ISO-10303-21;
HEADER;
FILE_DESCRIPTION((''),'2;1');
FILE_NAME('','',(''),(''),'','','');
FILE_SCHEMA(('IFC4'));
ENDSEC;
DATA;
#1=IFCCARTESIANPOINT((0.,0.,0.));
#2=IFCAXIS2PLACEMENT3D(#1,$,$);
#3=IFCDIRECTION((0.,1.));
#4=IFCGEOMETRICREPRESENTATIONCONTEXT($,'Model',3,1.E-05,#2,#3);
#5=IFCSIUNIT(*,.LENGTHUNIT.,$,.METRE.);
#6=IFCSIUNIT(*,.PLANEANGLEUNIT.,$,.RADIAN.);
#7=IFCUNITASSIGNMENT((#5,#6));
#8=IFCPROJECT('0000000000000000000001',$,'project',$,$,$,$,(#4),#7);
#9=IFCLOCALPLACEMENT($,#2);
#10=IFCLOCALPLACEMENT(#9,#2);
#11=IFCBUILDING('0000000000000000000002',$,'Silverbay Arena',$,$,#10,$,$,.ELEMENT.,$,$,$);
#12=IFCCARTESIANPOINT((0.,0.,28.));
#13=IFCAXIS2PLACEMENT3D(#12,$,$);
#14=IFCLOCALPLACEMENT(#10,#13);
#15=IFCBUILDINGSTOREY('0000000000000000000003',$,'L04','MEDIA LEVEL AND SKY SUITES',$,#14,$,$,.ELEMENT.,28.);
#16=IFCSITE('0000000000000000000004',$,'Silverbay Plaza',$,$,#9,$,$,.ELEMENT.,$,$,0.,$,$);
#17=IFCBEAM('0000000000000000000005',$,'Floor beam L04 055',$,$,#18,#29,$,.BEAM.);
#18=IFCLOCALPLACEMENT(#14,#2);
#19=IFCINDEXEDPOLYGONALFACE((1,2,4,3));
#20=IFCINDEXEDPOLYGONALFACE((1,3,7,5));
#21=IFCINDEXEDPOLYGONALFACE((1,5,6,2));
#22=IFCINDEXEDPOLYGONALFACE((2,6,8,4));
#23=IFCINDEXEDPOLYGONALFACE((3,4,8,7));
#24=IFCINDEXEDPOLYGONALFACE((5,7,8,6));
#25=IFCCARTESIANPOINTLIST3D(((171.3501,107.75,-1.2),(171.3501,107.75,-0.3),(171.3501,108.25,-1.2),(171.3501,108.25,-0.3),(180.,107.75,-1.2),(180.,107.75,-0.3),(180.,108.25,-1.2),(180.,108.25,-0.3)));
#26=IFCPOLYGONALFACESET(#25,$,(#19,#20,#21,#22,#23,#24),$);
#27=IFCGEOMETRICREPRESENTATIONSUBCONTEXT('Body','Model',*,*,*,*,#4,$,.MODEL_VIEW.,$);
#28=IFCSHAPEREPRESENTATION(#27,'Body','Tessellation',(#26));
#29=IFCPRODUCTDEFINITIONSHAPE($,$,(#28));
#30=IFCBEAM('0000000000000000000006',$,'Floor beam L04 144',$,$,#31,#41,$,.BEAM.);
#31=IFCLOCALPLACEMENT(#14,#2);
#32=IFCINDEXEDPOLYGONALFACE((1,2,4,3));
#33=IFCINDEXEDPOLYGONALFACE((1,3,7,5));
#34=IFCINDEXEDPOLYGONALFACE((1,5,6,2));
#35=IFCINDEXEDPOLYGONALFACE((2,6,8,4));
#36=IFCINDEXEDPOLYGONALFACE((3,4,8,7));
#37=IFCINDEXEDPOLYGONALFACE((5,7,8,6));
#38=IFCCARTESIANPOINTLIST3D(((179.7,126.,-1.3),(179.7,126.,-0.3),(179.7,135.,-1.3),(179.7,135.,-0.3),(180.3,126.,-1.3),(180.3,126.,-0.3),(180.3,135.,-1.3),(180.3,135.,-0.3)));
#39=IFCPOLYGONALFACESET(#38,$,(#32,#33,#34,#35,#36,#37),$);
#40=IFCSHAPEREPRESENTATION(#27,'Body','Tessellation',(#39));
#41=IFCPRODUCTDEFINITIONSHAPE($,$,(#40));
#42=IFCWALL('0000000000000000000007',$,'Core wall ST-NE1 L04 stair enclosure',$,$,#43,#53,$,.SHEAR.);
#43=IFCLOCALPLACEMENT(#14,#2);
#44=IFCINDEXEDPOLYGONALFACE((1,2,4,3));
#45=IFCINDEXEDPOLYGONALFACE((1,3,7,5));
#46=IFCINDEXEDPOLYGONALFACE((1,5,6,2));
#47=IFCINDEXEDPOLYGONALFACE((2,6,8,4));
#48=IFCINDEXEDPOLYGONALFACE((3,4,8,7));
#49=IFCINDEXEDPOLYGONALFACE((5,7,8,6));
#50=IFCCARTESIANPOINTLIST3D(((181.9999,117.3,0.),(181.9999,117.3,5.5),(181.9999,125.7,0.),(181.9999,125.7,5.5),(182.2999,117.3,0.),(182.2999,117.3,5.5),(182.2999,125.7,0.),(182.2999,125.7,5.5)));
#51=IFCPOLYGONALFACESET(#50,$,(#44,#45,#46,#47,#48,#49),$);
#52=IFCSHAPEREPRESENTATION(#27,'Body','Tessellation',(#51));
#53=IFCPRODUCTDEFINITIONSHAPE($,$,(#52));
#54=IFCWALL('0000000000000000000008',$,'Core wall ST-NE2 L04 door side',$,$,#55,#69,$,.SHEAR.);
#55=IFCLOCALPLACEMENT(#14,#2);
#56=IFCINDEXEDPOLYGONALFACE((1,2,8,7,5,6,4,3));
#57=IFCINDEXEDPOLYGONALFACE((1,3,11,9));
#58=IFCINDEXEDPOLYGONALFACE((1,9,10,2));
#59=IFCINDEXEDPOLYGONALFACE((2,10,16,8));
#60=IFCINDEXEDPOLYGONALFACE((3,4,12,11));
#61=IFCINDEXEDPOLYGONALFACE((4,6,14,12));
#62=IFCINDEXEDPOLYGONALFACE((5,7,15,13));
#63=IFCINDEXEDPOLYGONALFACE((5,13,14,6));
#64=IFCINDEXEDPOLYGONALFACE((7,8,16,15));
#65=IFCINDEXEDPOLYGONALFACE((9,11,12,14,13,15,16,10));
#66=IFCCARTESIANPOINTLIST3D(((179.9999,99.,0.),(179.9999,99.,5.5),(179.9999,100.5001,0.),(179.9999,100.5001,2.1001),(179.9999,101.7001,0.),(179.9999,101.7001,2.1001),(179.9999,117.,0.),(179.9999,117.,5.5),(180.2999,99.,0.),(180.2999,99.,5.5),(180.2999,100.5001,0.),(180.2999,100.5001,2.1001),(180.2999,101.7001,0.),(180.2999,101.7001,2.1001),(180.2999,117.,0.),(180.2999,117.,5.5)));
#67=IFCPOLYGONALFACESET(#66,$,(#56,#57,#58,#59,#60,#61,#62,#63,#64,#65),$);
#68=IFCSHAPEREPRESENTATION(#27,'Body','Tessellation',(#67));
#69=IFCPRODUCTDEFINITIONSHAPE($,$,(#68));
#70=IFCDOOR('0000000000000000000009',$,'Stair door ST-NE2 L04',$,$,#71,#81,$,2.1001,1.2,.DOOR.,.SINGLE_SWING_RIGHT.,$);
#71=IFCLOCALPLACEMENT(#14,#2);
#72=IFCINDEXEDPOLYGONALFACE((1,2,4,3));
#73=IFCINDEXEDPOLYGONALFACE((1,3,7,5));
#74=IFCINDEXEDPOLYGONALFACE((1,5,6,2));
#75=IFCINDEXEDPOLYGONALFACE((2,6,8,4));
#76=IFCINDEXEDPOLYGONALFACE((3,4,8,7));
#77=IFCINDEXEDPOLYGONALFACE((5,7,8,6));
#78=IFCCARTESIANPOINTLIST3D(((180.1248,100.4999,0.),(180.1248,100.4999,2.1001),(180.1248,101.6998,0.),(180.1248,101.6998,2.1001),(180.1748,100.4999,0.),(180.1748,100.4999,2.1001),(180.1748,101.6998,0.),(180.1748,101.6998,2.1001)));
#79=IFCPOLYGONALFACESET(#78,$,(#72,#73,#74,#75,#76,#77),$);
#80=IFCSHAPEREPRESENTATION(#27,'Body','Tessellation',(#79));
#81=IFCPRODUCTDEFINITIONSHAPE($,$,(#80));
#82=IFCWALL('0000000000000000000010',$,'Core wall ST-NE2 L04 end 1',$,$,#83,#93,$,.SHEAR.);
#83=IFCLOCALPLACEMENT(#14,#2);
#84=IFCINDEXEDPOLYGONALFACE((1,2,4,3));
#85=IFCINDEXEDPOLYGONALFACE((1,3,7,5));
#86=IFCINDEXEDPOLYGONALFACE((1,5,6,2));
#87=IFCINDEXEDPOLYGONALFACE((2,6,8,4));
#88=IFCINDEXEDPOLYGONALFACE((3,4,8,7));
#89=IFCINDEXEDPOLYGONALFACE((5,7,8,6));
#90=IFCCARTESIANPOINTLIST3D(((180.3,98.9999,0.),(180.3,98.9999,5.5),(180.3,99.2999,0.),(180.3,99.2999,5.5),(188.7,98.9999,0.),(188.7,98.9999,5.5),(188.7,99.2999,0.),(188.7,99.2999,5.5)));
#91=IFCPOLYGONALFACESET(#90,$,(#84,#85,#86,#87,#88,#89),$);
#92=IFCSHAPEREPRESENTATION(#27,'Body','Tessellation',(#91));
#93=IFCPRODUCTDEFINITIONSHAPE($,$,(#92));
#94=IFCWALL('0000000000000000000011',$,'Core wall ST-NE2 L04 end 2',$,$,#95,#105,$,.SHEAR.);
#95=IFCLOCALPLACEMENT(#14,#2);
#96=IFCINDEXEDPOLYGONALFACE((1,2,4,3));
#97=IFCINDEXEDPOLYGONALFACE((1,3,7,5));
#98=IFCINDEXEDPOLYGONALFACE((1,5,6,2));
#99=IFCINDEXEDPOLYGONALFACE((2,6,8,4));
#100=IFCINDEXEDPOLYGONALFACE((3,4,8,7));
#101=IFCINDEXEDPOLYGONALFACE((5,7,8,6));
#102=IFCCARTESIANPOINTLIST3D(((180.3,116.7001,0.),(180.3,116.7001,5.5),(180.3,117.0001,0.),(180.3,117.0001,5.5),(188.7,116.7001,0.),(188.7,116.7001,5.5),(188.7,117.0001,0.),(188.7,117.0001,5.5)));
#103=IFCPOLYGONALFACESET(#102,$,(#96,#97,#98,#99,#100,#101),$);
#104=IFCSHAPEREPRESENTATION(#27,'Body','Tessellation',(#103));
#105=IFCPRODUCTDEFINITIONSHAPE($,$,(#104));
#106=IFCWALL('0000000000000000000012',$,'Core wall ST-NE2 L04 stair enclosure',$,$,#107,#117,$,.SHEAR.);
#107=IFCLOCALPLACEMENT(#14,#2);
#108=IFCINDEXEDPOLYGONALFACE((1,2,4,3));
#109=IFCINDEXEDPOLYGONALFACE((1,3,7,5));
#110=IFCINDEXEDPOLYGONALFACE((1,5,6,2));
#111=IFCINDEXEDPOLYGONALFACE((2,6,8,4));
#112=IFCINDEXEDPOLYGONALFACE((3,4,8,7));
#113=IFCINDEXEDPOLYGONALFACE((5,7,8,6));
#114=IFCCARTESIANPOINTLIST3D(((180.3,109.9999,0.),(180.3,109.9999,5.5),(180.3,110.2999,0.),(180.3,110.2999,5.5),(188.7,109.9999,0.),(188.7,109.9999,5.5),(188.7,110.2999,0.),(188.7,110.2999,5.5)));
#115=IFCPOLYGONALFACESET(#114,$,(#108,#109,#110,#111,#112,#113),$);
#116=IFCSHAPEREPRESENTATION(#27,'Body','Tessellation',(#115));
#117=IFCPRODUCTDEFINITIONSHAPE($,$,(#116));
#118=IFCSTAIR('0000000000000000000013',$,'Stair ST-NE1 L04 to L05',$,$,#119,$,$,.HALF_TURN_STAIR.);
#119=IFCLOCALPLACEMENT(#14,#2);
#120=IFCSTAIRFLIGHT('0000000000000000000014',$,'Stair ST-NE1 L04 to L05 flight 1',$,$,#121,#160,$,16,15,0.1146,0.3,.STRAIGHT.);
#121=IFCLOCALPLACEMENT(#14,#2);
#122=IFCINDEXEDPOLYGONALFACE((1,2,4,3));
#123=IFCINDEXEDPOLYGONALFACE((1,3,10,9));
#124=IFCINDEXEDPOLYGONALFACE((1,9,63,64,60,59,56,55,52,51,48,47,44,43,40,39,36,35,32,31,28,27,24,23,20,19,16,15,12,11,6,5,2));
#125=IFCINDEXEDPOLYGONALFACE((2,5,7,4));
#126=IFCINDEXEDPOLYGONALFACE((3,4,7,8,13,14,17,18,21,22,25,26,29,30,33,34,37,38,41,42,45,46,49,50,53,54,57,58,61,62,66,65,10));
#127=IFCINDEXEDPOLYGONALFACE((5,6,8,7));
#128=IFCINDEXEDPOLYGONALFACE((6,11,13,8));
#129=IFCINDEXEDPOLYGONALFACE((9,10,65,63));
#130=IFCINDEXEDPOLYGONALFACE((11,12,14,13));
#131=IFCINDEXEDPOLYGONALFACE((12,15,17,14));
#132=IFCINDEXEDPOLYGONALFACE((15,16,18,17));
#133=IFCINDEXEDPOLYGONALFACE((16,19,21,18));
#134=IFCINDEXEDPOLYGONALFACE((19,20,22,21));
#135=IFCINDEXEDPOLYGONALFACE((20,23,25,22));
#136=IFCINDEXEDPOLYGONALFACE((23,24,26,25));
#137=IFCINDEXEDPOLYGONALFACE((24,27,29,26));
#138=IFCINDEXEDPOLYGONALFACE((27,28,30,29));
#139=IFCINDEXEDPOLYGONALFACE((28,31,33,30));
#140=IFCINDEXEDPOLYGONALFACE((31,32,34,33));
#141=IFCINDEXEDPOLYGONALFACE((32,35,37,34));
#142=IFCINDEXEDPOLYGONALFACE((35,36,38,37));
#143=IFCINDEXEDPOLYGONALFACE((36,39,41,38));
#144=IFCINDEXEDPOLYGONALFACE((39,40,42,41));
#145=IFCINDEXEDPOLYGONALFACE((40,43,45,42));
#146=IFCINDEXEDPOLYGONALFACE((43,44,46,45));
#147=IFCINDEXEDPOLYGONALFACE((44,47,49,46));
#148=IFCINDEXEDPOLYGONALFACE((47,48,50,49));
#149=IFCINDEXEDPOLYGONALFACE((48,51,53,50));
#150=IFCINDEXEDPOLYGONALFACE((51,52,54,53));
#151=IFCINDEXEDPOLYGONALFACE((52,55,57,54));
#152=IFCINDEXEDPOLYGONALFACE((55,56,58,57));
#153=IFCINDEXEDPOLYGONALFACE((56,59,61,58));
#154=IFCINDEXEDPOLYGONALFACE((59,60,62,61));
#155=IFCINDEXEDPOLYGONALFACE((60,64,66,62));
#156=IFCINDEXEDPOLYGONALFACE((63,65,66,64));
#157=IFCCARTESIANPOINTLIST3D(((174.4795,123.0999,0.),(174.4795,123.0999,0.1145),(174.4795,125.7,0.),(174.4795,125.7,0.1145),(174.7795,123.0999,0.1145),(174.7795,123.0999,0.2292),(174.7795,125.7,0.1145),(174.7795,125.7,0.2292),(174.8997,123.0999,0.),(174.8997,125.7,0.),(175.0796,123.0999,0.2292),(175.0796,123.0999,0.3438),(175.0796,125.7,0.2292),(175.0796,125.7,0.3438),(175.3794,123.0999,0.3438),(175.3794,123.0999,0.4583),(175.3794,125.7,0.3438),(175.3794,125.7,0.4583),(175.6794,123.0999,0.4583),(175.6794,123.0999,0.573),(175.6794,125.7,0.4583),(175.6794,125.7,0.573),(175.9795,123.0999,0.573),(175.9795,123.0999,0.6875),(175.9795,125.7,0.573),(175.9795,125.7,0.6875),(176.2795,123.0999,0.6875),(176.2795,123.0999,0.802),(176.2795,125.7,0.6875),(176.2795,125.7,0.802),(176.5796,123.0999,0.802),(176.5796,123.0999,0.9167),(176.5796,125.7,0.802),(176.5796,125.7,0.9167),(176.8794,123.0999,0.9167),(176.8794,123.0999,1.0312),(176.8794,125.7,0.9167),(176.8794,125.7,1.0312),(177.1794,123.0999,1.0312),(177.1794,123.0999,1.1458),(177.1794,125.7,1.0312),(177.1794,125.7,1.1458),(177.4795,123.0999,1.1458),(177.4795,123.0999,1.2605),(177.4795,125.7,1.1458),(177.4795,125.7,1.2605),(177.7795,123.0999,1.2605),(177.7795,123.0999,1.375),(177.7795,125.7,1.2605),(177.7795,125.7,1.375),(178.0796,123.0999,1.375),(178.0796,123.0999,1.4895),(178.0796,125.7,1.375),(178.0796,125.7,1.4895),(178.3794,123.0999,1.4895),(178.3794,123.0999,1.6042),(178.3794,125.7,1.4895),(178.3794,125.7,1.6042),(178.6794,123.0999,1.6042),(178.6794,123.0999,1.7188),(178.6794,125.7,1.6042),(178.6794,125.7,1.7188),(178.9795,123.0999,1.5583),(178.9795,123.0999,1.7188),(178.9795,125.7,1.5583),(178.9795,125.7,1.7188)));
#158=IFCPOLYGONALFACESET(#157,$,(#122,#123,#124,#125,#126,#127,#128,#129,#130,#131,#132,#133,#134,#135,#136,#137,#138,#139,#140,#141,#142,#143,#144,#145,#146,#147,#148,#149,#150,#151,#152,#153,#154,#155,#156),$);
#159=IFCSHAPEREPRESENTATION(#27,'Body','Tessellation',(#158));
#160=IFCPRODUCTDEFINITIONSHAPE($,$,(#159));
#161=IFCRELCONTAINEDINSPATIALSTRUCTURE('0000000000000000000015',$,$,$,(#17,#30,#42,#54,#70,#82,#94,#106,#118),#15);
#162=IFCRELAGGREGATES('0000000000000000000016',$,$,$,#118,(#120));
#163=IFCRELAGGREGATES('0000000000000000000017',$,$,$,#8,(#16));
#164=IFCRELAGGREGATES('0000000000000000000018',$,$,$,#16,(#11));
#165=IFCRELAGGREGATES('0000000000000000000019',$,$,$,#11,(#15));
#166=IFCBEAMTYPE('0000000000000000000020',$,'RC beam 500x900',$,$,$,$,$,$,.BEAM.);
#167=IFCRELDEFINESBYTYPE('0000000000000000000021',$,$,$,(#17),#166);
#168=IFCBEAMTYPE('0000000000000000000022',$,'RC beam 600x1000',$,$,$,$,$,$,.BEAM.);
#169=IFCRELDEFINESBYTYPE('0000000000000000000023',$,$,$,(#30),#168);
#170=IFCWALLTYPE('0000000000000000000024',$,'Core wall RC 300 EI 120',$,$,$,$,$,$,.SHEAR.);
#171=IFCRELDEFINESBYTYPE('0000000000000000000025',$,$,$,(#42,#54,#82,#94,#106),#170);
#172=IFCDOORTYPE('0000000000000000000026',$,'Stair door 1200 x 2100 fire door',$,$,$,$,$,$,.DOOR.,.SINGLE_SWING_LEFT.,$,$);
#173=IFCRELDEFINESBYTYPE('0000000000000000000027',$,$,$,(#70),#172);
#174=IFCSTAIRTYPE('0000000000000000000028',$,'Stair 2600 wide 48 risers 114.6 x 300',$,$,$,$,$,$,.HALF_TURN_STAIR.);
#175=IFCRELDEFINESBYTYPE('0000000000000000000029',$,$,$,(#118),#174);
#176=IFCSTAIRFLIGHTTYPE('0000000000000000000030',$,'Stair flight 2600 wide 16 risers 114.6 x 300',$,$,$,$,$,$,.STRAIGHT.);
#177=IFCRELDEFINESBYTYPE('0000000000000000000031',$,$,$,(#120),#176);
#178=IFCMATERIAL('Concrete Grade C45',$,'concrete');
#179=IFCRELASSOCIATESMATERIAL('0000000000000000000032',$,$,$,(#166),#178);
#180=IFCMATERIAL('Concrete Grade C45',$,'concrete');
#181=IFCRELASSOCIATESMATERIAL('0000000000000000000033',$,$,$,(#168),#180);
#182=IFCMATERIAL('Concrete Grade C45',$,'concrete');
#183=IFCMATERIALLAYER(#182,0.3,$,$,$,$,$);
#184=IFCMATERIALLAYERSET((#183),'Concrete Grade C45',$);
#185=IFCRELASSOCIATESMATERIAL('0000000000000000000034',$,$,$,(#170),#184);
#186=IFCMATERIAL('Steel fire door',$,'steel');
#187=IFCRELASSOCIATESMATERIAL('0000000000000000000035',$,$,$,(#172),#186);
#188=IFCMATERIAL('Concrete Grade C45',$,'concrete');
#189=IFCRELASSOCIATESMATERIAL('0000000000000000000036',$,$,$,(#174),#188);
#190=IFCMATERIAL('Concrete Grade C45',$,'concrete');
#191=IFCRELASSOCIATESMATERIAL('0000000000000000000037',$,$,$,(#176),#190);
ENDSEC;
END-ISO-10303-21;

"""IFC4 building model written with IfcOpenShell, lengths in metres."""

from ifc_helpers import new_model, si_unit, direction, frame, frame_2d, origin, origin_2d, place, context, subcontext, project, spatial, polyline, rectangle, outline, extrude, material, layer, layer_set, material_profile, profile_set, type_object, element, fill, aggregate, save


model = new_model("IFC4")

# Units and contexts
model_context = context("Model", 3, precision=1e-05, world=origin(), true_north=direction((0.0, 1.0)))
body_context = subcontext(model_context, "Body", "Model", "MODEL_VIEW")
ifc_project = project(units=[si_unit("LENGTHUNIT", "METRE"), si_unit("PLANEANGLEUNIT", "RADIAN")], contexts=[model_context])

# Site, building, storey
site_placement = place(None, origin())
site = spatial("IfcSite", under=ifc_project, at=site_placement, Name="Silverbay Plaza", CompositionType="ELEMENT", RefElevation=0.0)
building_placement = place(site_placement, origin())
building = spatial("IfcBuilding", under=site, at=building_placement, Name="Silverbay Arena", CompositionType="ELEMENT")
storey_placement = place(building_placement, frame((0.0, 0.0, 28.0)))
storey = spatial("IfcBuildingStorey", under=building, at=storey_placement, Name="L04", Description="MEDIA LEVEL AND SKY SUITES", CompositionType="ELEMENT", Elevation=28.0)

# Beams
ifc_material_1 = material(Name="Concrete Grade C45", Category="concrete")
ifc_material_profile_1 = material_profile(ifc_material_1, rectangle(XDim=0.5, YDim=0.8999, at=origin_2d()), Name="RC 500x900")
ifc_profile_set_1 = profile_set([ifc_material_profile_1], Name="Concrete Grade C45")
beam_type_1 = type_object("IfcBeamType", Name="RC beam 500x900", PredefinedType="BEAM", material=ifc_profile_set_1)
beam_1_placement = place(storey_placement, frame((171.3501, 108.0, -0.75), z_axis=(1.0, 0.0, 0.0), x_axis=(0.0, 1.0, 0.0)))
element("IfcBeam", 1, at=beam_1_placement, inside=storey, type_object=beam_type_1, Name="Floor beam L04 055", PredefinedType="BEAM", context=body_context, shape_type="SweptSolid", body=[
    extrude(rectangle(XDim=0.5, YDim=0.8999, at=origin_2d()), origin(), (0.0, 0.0, 1.0), 8.6499),
])
ifc_material_2 = material(Name="Concrete Grade C45", Category="concrete")
ifc_material_profile_2 = material_profile(ifc_material_2, rectangle(XDim=0.6001, YDim=1.0, at=origin_2d()), Name="RC 600x1000")
ifc_profile_set_2 = profile_set([ifc_material_profile_2], Name="Concrete Grade C45")
beam_type_2 = type_object("IfcBeamType", Name="RC beam 600x1000", PredefinedType="BEAM", material=ifc_profile_set_2)
beam_2_placement = place(storey_placement, frame((180.0, 126.0, -0.8), z_axis=(0.0, 1.0, 0.0), x_axis=(-1.0, 0.0, 0.0)))
element("IfcBeam", 2, at=beam_2_placement, inside=storey, type_object=beam_type_2, Name="Floor beam L04 144", PredefinedType="BEAM", context=body_context, shape_type="SweptSolid", body=[
    extrude(rectangle(XDim=0.6001, YDim=1.0, at=origin_2d()), origin(), (0.0, 0.0, 1.0), 9.0),
])

# Wall
ifc_material_3 = material(Name="Concrete Grade C45", Category="concrete")
ifc_layer = layer(ifc_material_3, 0.3)
ifc_layer_set = layer_set([ifc_layer], Name="Concrete Grade C45")
wall_type = type_object("IfcWallType", Name="Core wall RC 300 EI 120", PredefinedType="SHEAR", material=ifc_layer_set)
wall_1_placement = place(storey_placement, frame((182.1499, 117.3, 0.0), z_axis=(0.0, 0.0, 1.0), x_axis=(0.0, 1.0, 0.0)))
element("IfcWall", 3, at=wall_1_placement, inside=storey, type_object=wall_type, Name="Core wall ST-NE1 L04 stair enclosure", PredefinedType="SHEAR", context=body_context, shape_type="SweptSolid", body=[
    extrude(rectangle(XDim=8.3999, YDim=0.3, at=frame_2d((4.2, 0.0))), origin(), (0.0, 0.0, 1.0), 5.5),
])

# Wall, opening, door
wall_2_placement = place(storey_placement, frame((180.1499, 99.0, 0.0), z_axis=(0.0, 0.0, 1.0), x_axis=(0.0, 1.0, 0.0)))
wall_2 = element("IfcWall", 4, at=wall_2_placement, inside=storey, type_object=wall_type, Name="Core wall ST-NE2 L04 door side", PredefinedType="SHEAR", context=body_context, shape_type="SweptSolid", body=[
    extrude(rectangle(XDim=18.0, YDim=0.3, at=frame_2d((9.0, 0.0))), origin(), (0.0, 0.0, 1.0), 5.5),
])
opening_placement = place(wall_2_placement, frame((1.5, 0.0, 0.0)))
opening = element("IfcOpeningElement", 5, at=opening_placement, cuts=wall_2, PredefinedType="OPENING", context=body_context, shape_type="SweptSolid", body=[
    extrude(rectangle(XDim=1.2, YDim=2.1001, at=frame_2d((0.6001, 1.05))), frame((0.0, 0.1602, 0.0), z_axis=(0.0, -1.0, 0.0), x_axis=(1.0, 0.0, 0.0)), (0.0, 0.0, 1.0), 0.3201),
])
ifc_material_4 = material(Name="Steel fire door", Category="steel")
door_type = type_object("IfcDoorType", Name="Stair door 1200 x 2100 fire door", OperationType="SINGLE_SWING_LEFT", PredefinedType="DOOR", material=ifc_material_4)
door_placement = place(opening_placement, frame((1.2, 0.0, 0.0), z_axis=(0.0, 0.0, 1.0), x_axis=(-1.0, 0.0, 0.0)))
door = element("IfcDoor", 6, at=door_placement, inside=storey, type_object=door_type, Name="Stair door ST-NE2 L04", OperationType="SINGLE_SWING_RIGHT", OverallHeight=2.1001, OverallWidth=1.2, PredefinedType="DOOR", context=body_context, shape_type="SweptSolid", body=[
    extrude(rectangle(XDim=1.2, YDim=2.1001, at=frame_2d((0.6001, 1.05))), frame((0.0, 0.0249, 0.0), z_axis=(0.0, -1.0, 0.0), x_axis=(1.0, 0.0, 0.0)), (0.0, 0.0, 1.0), 0.05),
])
fill(opening, door)

# Walls
for number, where, z_axis, x_axis, name in (
    (7, (180.3, 99.1499, 0.0), (0.0, 0.0, 1.0), (1.0, 0.0, 0.0), "Core wall ST-NE2 L04 end 1"),
    (8, (180.3, 116.8501, 0.0), (0.0, 0.0, 1.0), (1.0, 0.0, 0.0), "Core wall ST-NE2 L04 end 2"),
    (9, (180.3, 110.1499, 0.0), (0.0, 0.0, 1.0), (1.0, 0.0, 0.0), "Core wall ST-NE2 L04 stair enclosure"),
):
    element("IfcWall", number, at=place(storey_placement, frame(where, z_axis=z_axis, x_axis=x_axis)), inside=storey, type_object=wall_type, Name=name, PredefinedType="SHEAR", context=body_context, shape_type="SweptSolid", body=[
        extrude(rectangle(XDim=8.3999, YDim=0.3, at=frame_2d((4.2, 0.0))), origin(), (0.0, 0.0, 1.0), 5.5),
    ])

# Stair, stair flight
ifc_material_5 = material(Name="Concrete Grade C45", Category="concrete")
stair_type = type_object("IfcStairType", Name="Stair 2600 wide 48 risers 114.6 x 300", PredefinedType="HALF_TURN_STAIR", material=ifc_material_5)
stair_1_placement = place(storey_placement, origin())
stair_1 = element("IfcStair", 10, at=stair_1_placement, inside=storey, type_object=stair_type, Name="Stair ST-NE1 L04 to L05", PredefinedType="HALF_TURN_STAIR")
ifc_material_6 = material(Name="Concrete Grade C45", Category="concrete")
stair_flight_type = type_object("IfcStairFlightType", Name="Stair flight 2600 wide 16 risers 114.6 x 300", PredefinedType="STRAIGHT", material=ifc_material_6)
stair_flight_1_placement = place(storey_placement, frame((174.4795, 124.3999, 0.0), z_axis=(0.0, 0.0, 1.0), x_axis=(1.0, 0.0, 0.0)))
stair_flight_1 = element("IfcStairFlight", 11, at=stair_flight_1_placement, type_object=stair_flight_type, Name="Stair ST-NE1 L04 to L05 flight 1", NumberOfRisers=16, NumberOfTreads=15, PredefinedType="STRAIGHT", RiserHeight=0.1146, TreadLength=0.3, context=body_context, shape_type="SweptSolid", body=[
    extrude(outline(polyline([(0.0, 0.0), (0.0, 0.1145), (0.3, 0.1145), (0.3, 0.2292), (0.6001, 0.2292), (0.6001, 0.3438), (0.8999, 0.3438), (0.8999, 0.4583), (1.2, 0.4583), (1.2, 0.573), (1.5, 0.573), (1.5, 0.6875), (1.8, 0.6875), (1.8, 0.802), (2.1001, 0.802), (2.1001, 0.9167), (2.3999, 0.9167), (2.3999, 1.0312), (2.7, 1.0312), (2.7, 1.1458), (3.0, 1.1458), (3.0, 1.2605), (3.3, 1.2605), (3.3, 1.375), (3.6001, 1.375), (3.6001, 1.4895), (3.8999, 1.4895), (3.8999, 1.6042), (4.2, 1.6042), (4.2, 1.7188), (4.5, 1.7188), (4.5, 1.5583), (0.4202, 0.0), (0.0, 0.0)])), frame((0.0, 1.3, 0.0), z_axis=(0.0, -1.0, 0.0), x_axis=(1.0, 0.0, 0.0)), (0.0, 0.0, 1.0), 2.6001),
])
aggregate(stair_1, [stair_flight_1])

save(model, "model.ifc")
